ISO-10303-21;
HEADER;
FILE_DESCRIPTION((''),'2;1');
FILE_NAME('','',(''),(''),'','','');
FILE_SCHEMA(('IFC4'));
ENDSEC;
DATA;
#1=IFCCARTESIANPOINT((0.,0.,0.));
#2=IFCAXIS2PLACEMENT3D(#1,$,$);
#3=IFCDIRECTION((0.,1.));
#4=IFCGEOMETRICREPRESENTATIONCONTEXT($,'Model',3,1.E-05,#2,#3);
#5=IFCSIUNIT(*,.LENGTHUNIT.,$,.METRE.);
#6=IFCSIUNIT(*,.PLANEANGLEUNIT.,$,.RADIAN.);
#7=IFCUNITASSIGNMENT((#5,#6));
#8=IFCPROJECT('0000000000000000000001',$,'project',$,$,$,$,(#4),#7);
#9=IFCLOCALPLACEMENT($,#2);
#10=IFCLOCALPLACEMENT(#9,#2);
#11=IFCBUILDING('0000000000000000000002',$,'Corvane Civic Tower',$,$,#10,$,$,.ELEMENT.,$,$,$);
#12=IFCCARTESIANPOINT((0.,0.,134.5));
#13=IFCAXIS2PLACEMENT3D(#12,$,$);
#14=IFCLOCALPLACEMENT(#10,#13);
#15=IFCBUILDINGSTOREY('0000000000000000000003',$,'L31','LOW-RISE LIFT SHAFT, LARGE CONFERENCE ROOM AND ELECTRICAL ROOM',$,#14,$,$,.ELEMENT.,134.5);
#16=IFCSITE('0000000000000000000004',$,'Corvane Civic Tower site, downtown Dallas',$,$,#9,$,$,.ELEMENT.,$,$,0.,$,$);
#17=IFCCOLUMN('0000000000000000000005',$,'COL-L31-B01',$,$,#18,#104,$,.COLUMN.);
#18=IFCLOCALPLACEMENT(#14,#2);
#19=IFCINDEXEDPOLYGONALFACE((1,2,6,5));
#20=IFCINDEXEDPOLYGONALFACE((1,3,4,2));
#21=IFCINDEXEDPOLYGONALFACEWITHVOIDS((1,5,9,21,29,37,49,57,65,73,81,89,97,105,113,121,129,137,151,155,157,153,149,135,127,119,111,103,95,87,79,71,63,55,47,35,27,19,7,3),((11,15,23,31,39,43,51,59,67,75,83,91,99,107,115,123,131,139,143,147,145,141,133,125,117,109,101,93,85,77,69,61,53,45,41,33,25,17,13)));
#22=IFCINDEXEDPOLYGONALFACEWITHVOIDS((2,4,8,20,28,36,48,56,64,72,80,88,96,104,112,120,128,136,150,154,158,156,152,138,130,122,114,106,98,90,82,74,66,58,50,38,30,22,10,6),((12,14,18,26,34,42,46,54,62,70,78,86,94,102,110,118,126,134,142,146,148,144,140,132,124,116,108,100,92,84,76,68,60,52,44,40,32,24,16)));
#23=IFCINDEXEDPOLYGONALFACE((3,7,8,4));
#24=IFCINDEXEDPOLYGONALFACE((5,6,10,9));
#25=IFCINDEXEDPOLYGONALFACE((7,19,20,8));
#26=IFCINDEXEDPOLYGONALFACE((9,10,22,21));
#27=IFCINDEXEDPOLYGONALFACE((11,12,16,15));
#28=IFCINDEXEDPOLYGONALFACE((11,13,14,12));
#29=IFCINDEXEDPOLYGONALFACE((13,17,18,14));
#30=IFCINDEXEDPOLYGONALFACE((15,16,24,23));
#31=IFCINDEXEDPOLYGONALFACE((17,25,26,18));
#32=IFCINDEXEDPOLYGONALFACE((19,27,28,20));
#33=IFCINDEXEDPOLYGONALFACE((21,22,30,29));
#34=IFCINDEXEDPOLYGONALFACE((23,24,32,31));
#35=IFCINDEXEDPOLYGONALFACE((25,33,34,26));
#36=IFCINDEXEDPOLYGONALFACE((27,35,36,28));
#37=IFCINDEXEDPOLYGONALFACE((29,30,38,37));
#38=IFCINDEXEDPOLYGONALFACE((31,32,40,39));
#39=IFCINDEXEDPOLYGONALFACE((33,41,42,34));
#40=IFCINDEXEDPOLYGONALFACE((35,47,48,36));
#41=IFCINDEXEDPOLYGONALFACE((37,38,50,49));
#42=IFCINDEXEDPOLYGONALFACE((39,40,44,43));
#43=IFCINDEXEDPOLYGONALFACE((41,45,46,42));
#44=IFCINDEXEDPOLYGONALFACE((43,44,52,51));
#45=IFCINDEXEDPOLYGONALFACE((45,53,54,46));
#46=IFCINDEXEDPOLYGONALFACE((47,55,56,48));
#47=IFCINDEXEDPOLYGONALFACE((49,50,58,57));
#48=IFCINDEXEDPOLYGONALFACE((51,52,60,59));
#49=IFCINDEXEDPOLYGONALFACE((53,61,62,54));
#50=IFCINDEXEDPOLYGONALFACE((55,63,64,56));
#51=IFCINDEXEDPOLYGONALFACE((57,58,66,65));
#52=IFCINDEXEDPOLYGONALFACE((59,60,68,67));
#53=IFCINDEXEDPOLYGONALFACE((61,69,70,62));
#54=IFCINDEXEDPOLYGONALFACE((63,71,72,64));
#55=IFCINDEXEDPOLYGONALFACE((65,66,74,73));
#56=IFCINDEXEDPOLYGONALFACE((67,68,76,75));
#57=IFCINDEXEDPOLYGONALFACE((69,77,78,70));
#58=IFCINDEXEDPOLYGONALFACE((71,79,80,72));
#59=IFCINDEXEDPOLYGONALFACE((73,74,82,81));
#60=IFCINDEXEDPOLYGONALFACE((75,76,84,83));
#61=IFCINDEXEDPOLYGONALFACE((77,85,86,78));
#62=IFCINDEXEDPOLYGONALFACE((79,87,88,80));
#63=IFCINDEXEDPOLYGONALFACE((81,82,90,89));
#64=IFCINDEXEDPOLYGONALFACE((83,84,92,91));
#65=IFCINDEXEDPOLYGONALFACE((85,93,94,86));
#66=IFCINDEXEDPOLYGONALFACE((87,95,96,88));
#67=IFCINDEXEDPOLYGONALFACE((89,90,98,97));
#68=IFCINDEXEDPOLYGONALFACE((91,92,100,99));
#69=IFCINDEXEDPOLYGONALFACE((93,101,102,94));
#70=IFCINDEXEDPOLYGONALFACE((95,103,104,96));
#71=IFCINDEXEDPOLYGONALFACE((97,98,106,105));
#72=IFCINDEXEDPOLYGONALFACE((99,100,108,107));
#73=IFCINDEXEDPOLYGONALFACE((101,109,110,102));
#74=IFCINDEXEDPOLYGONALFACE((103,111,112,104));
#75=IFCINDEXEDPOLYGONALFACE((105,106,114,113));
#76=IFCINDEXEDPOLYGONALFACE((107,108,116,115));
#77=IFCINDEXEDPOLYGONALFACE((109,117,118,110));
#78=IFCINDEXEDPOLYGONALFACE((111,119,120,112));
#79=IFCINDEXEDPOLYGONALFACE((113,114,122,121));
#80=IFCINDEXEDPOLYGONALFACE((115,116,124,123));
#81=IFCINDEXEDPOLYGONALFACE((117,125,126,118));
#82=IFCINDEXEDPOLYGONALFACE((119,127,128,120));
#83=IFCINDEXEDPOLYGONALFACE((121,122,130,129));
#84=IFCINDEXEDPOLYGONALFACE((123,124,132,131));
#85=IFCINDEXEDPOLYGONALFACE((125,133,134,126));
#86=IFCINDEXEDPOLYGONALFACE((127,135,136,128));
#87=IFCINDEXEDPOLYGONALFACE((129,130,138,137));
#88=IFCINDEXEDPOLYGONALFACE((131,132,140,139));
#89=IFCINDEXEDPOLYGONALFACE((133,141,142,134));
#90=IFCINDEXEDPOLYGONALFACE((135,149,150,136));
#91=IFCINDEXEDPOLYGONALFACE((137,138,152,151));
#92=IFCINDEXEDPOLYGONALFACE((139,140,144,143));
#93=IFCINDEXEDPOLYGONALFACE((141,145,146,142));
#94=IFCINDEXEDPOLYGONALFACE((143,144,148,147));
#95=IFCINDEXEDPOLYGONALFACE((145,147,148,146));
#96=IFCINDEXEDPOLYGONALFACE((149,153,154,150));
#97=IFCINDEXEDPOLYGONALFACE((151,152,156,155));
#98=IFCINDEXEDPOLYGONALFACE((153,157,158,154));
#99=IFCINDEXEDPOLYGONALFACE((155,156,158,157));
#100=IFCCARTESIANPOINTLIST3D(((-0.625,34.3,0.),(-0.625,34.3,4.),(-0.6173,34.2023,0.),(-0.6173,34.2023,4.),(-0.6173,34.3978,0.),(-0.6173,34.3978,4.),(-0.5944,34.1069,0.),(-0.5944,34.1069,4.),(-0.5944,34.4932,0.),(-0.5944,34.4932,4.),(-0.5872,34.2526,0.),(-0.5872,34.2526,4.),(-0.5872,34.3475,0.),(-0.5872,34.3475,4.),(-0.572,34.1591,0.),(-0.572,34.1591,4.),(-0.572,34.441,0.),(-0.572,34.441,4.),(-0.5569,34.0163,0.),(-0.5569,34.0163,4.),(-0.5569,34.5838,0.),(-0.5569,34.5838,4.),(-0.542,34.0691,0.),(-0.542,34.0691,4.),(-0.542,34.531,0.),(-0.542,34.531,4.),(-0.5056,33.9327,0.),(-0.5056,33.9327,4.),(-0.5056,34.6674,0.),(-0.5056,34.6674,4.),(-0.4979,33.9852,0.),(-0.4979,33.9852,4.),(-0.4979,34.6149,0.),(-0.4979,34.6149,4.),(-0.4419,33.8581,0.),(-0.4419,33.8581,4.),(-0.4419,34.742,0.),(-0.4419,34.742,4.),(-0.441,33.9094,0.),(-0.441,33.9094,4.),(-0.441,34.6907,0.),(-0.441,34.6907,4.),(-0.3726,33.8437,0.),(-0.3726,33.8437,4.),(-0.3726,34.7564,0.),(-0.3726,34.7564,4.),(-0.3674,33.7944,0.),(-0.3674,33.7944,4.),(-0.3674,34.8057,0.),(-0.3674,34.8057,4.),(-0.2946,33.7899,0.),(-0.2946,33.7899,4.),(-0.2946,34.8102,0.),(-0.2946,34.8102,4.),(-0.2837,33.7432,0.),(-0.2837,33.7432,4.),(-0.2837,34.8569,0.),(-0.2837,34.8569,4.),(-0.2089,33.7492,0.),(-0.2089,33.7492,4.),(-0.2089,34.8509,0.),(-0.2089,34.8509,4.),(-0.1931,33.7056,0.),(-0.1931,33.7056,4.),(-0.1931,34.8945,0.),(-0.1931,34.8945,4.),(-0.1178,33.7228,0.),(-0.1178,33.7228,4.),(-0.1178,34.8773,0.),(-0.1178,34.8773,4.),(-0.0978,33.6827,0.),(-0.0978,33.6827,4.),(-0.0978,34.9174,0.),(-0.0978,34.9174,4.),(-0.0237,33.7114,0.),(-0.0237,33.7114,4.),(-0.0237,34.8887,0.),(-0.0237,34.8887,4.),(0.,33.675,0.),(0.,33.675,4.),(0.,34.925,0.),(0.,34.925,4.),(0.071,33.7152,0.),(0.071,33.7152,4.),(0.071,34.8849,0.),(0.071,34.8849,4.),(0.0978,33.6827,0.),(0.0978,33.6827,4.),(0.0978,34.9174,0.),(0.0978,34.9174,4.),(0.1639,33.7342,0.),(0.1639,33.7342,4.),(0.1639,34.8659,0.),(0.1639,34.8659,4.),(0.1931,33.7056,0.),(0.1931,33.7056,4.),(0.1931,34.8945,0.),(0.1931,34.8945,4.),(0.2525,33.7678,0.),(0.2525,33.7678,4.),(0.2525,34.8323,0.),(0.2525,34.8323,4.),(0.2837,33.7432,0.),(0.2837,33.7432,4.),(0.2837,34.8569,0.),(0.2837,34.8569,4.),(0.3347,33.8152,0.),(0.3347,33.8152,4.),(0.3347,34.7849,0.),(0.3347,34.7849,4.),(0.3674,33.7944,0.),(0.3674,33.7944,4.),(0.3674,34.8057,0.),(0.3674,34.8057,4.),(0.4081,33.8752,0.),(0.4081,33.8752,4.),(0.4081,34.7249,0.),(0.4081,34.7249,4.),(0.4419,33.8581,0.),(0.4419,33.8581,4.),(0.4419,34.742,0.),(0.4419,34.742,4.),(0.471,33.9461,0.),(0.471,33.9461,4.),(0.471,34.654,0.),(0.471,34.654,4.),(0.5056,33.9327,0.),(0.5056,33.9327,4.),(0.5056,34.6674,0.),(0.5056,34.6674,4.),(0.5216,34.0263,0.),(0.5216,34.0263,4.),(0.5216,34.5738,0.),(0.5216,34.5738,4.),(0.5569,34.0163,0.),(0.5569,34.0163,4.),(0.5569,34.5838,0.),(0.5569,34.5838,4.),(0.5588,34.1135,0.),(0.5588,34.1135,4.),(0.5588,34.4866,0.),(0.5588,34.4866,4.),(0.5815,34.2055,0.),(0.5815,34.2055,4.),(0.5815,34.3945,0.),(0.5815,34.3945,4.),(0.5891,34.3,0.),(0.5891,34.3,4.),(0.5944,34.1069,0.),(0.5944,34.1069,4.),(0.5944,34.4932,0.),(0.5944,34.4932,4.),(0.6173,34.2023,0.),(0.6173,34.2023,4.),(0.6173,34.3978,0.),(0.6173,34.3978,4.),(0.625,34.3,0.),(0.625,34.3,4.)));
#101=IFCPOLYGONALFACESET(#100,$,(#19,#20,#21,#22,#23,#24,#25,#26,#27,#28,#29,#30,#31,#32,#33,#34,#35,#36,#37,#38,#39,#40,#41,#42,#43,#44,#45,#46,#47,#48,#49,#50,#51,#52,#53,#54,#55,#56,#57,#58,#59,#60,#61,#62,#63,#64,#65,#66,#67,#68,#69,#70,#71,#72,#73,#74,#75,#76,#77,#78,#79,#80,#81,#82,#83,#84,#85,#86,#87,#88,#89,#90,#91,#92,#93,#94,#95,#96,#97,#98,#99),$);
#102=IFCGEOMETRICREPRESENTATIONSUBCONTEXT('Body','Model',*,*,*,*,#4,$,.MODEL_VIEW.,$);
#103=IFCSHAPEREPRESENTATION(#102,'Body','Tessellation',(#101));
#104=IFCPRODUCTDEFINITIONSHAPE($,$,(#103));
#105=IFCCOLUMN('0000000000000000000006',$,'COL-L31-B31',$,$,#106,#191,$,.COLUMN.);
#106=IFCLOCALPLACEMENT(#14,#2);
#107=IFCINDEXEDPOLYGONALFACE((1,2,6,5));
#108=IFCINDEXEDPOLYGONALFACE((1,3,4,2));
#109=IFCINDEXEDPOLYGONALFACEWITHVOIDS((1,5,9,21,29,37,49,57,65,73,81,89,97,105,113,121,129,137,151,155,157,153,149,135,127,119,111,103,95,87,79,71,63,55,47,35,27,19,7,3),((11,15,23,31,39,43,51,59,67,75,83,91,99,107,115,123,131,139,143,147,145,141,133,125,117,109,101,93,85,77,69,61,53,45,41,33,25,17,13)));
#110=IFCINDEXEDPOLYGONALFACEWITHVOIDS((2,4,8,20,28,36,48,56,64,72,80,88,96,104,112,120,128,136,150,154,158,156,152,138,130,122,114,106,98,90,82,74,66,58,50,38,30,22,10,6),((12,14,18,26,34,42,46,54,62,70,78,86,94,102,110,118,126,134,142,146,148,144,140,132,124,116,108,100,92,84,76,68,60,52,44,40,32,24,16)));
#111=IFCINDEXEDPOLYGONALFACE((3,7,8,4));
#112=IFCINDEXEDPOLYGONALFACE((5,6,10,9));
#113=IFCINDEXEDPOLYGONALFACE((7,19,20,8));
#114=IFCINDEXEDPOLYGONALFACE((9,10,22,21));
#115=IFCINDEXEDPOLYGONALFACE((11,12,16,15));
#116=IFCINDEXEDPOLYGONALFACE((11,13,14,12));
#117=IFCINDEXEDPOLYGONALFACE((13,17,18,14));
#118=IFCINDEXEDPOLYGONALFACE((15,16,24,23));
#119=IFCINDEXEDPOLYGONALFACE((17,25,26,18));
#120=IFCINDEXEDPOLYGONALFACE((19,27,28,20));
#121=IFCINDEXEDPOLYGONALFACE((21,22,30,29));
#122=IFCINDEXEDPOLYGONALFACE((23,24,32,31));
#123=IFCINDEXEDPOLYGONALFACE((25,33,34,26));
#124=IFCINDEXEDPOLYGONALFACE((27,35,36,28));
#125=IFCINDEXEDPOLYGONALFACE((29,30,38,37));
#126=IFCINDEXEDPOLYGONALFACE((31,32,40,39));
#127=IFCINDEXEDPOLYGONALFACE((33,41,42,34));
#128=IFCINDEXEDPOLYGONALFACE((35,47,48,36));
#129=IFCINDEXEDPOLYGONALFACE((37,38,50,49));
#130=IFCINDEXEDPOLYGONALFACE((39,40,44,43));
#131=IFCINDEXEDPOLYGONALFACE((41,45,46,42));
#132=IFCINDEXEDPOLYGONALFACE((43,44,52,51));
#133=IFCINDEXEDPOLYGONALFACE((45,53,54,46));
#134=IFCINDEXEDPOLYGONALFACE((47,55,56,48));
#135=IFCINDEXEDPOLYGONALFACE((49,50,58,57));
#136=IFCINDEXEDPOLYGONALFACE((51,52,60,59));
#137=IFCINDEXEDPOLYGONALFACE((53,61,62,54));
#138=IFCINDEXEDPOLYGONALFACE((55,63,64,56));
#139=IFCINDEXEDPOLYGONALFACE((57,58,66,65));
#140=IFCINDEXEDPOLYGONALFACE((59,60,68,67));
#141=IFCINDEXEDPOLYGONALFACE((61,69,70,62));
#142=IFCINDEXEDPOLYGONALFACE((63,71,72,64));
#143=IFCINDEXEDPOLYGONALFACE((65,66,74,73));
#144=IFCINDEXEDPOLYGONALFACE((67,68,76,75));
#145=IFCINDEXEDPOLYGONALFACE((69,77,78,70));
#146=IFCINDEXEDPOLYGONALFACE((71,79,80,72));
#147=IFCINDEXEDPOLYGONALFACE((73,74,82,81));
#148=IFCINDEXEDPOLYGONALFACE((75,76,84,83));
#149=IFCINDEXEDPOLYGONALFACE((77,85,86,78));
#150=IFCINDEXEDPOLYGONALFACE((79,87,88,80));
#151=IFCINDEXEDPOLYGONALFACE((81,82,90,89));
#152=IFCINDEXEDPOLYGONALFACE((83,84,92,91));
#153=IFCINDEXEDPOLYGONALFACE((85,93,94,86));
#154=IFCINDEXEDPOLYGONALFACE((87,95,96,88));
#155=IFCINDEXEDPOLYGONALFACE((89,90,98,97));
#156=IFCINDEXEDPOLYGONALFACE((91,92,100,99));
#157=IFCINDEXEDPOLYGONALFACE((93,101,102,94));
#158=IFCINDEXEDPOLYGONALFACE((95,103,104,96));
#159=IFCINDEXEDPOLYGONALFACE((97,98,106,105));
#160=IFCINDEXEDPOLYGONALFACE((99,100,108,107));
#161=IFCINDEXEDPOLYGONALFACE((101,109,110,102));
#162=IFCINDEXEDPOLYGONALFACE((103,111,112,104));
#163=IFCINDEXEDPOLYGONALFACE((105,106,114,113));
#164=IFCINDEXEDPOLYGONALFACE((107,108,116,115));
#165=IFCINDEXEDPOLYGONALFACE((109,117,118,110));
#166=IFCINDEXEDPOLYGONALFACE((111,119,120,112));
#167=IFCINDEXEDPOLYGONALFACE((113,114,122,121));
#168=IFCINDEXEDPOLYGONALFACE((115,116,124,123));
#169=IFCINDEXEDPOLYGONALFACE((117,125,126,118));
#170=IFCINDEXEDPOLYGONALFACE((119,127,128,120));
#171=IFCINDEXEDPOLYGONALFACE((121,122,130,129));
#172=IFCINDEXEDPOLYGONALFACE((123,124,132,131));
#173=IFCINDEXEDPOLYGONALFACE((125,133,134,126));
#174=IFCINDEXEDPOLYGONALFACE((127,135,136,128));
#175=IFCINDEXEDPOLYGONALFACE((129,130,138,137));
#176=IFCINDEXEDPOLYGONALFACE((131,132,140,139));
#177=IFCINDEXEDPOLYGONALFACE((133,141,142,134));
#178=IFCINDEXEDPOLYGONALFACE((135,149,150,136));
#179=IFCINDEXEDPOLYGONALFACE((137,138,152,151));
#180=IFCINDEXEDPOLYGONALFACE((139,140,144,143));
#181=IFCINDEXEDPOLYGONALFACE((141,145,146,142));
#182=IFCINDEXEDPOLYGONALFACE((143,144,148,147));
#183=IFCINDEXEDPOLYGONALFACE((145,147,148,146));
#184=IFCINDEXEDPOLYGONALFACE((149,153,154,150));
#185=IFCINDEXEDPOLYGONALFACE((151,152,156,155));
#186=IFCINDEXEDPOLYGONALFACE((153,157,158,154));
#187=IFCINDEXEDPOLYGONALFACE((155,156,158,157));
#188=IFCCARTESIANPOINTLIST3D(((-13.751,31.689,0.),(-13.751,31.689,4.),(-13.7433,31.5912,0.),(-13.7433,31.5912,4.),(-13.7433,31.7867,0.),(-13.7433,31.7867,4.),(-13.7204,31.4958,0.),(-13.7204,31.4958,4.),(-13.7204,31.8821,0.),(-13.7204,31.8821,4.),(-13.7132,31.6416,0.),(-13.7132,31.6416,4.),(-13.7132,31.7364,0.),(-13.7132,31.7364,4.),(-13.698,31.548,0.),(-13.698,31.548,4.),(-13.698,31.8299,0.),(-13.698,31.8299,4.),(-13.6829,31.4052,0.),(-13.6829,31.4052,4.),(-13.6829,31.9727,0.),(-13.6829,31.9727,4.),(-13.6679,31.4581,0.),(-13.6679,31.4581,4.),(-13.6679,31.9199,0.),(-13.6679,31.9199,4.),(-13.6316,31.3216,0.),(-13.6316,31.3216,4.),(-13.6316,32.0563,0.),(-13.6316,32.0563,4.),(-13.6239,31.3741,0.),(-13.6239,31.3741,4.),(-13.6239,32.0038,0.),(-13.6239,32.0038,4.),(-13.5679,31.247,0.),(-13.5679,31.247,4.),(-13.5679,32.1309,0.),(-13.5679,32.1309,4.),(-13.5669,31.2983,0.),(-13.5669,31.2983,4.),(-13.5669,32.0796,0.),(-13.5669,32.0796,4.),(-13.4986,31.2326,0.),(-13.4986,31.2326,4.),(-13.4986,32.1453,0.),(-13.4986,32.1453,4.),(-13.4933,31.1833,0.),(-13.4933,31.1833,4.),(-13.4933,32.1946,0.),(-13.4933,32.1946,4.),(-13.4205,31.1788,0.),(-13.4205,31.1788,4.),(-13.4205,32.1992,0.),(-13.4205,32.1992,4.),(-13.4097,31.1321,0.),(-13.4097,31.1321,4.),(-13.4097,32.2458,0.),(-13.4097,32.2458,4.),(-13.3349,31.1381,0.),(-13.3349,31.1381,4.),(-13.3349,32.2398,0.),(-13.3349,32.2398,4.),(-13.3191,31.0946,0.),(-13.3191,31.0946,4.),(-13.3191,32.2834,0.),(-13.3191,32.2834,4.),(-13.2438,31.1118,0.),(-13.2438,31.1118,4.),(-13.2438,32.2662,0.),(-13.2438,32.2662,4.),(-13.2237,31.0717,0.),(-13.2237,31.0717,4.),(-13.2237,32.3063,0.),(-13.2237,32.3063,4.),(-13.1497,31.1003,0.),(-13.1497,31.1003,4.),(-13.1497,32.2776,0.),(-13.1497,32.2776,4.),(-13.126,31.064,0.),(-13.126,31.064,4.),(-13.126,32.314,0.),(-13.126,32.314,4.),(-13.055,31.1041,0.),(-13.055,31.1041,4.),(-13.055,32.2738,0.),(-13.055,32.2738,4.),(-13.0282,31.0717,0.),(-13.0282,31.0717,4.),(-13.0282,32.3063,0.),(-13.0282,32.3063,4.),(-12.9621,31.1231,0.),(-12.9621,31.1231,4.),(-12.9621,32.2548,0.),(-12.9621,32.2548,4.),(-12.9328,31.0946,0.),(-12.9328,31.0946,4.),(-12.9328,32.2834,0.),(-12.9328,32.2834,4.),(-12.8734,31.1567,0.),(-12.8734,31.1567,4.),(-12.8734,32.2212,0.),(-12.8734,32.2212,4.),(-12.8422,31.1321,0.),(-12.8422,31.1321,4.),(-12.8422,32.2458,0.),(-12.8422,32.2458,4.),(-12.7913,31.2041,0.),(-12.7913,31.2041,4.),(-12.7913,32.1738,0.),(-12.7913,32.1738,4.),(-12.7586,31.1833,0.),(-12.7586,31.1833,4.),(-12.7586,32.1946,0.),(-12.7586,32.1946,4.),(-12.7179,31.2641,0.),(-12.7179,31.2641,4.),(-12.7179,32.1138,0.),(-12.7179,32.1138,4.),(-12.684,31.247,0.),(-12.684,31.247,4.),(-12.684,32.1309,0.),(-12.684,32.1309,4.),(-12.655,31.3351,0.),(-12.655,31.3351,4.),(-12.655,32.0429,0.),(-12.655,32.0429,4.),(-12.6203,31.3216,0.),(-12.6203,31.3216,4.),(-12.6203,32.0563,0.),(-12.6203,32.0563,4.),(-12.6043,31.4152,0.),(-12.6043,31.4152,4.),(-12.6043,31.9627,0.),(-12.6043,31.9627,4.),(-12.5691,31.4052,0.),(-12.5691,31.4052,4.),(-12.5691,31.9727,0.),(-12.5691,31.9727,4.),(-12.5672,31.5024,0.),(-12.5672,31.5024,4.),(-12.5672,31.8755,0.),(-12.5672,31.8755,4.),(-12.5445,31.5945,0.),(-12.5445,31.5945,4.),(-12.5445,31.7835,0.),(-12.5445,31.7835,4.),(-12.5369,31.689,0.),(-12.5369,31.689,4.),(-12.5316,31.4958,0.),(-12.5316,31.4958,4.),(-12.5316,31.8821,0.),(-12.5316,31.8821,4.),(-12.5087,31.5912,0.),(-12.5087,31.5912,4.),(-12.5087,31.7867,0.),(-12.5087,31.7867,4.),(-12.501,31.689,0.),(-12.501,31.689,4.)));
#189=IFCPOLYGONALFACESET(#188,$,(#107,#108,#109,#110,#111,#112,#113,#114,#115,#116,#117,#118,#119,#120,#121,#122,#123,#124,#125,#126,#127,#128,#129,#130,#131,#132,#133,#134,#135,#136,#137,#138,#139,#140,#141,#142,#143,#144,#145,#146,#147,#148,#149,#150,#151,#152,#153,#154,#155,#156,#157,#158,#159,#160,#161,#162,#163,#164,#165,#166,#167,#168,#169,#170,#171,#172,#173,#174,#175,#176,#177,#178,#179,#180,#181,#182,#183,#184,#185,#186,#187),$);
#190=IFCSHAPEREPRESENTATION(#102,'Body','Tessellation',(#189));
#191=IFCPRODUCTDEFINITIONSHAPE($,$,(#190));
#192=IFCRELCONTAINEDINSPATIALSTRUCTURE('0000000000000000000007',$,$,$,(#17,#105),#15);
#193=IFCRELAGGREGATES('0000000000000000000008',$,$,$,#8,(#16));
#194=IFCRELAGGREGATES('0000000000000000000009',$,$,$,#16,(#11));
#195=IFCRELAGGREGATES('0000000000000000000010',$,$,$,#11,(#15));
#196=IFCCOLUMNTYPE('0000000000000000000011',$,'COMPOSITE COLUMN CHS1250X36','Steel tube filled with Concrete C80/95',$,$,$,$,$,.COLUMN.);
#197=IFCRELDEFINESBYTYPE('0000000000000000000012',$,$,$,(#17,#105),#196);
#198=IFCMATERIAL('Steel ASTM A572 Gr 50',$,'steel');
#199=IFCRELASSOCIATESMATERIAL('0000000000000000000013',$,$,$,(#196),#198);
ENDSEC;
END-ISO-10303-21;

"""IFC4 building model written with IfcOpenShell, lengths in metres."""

from ifc_helpers import new_model, si_unit, direction, frame, origin, origin_2d, place, context, subcontext, project, spatial, hollow_circle, extrude, material, material_profile, profile_set, type_object, element, save


model = new_model("IFC4")

# Units and contexts
model_context = context("Model", 3, precision=1e-05, world=origin(), true_north=direction((0.0, 1.0)))
body_context = subcontext(model_context, "Body", "Model", "MODEL_VIEW")
ifc_project = project(units=[si_unit("LENGTHUNIT", "METRE"), si_unit("PLANEANGLEUNIT", "RADIAN")], contexts=[model_context])

# Site, building, storey
site_placement = place(None, origin())
site = spatial("IfcSite", under=ifc_project, at=site_placement, Name="Corvane Civic Tower site, downtown Dallas", CompositionType="ELEMENT", RefElevation=0.0)
building_placement = place(site_placement, origin())
building = spatial("IfcBuilding", under=site, at=building_placement, Name="Corvane Civic Tower", CompositionType="ELEMENT")
storey_placement = place(building_placement, frame((0.0, 0.0, 134.5)))
storey = spatial("IfcBuildingStorey", under=building, at=storey_placement, Name="L31", Description="LOW-RISE LIFT SHAFT, LARGE CONFERENCE ROOM AND ELECTRICAL ROOM", CompositionType="ELEMENT", Elevation=134.5)

# Columns
ifc_material_1 = material(Name="Steel ASTM A572 Gr 50", Category="steel")
ifc_material_profile_1 = material_profile(ifc_material_1, hollow_circle(Radius=0.625, WallThickness=0.0359, at=origin_2d()), Name="CHS1250X36")
ifc_profile_set_1 = profile_set([ifc_material_profile_1], Name="Steel ASTM A572 Gr 50")
column_type = type_object("IfcColumnType", Name="COMPOSITE COLUMN CHS1250X36", Description="Steel tube filled with Concrete C80/95", PredefinedType="COLUMN", material=ifc_profile_set_1)
for number, where, z_axis, x_axis, name in (
    (1, (0.0, 34.3, 0.0), (0.0, 0.0, 1.0), (1.0, 0.0, 0.0), "COL-L31-B01"),
    (2, (-13.126, 31.689, 0.0), (0.0, 0.0, 1.0), (1.0, 0.0, 0.0), "COL-L31-B31"),
):
    element("IfcColumn", number, at=place(storey_placement, frame(where, z_axis=z_axis, x_axis=x_axis)), inside=storey, type_object=column_type, Name=name, PredefinedType="COLUMN", context=body_context, shape_type="SweptSolid", body=[
        extrude(hollow_circle(Radius=0.625, WallThickness=0.0359, at=origin_2d()), origin(), (0.0, 0.0, 1.0), 4.0),
    ])

save(model, "model.ifc")
